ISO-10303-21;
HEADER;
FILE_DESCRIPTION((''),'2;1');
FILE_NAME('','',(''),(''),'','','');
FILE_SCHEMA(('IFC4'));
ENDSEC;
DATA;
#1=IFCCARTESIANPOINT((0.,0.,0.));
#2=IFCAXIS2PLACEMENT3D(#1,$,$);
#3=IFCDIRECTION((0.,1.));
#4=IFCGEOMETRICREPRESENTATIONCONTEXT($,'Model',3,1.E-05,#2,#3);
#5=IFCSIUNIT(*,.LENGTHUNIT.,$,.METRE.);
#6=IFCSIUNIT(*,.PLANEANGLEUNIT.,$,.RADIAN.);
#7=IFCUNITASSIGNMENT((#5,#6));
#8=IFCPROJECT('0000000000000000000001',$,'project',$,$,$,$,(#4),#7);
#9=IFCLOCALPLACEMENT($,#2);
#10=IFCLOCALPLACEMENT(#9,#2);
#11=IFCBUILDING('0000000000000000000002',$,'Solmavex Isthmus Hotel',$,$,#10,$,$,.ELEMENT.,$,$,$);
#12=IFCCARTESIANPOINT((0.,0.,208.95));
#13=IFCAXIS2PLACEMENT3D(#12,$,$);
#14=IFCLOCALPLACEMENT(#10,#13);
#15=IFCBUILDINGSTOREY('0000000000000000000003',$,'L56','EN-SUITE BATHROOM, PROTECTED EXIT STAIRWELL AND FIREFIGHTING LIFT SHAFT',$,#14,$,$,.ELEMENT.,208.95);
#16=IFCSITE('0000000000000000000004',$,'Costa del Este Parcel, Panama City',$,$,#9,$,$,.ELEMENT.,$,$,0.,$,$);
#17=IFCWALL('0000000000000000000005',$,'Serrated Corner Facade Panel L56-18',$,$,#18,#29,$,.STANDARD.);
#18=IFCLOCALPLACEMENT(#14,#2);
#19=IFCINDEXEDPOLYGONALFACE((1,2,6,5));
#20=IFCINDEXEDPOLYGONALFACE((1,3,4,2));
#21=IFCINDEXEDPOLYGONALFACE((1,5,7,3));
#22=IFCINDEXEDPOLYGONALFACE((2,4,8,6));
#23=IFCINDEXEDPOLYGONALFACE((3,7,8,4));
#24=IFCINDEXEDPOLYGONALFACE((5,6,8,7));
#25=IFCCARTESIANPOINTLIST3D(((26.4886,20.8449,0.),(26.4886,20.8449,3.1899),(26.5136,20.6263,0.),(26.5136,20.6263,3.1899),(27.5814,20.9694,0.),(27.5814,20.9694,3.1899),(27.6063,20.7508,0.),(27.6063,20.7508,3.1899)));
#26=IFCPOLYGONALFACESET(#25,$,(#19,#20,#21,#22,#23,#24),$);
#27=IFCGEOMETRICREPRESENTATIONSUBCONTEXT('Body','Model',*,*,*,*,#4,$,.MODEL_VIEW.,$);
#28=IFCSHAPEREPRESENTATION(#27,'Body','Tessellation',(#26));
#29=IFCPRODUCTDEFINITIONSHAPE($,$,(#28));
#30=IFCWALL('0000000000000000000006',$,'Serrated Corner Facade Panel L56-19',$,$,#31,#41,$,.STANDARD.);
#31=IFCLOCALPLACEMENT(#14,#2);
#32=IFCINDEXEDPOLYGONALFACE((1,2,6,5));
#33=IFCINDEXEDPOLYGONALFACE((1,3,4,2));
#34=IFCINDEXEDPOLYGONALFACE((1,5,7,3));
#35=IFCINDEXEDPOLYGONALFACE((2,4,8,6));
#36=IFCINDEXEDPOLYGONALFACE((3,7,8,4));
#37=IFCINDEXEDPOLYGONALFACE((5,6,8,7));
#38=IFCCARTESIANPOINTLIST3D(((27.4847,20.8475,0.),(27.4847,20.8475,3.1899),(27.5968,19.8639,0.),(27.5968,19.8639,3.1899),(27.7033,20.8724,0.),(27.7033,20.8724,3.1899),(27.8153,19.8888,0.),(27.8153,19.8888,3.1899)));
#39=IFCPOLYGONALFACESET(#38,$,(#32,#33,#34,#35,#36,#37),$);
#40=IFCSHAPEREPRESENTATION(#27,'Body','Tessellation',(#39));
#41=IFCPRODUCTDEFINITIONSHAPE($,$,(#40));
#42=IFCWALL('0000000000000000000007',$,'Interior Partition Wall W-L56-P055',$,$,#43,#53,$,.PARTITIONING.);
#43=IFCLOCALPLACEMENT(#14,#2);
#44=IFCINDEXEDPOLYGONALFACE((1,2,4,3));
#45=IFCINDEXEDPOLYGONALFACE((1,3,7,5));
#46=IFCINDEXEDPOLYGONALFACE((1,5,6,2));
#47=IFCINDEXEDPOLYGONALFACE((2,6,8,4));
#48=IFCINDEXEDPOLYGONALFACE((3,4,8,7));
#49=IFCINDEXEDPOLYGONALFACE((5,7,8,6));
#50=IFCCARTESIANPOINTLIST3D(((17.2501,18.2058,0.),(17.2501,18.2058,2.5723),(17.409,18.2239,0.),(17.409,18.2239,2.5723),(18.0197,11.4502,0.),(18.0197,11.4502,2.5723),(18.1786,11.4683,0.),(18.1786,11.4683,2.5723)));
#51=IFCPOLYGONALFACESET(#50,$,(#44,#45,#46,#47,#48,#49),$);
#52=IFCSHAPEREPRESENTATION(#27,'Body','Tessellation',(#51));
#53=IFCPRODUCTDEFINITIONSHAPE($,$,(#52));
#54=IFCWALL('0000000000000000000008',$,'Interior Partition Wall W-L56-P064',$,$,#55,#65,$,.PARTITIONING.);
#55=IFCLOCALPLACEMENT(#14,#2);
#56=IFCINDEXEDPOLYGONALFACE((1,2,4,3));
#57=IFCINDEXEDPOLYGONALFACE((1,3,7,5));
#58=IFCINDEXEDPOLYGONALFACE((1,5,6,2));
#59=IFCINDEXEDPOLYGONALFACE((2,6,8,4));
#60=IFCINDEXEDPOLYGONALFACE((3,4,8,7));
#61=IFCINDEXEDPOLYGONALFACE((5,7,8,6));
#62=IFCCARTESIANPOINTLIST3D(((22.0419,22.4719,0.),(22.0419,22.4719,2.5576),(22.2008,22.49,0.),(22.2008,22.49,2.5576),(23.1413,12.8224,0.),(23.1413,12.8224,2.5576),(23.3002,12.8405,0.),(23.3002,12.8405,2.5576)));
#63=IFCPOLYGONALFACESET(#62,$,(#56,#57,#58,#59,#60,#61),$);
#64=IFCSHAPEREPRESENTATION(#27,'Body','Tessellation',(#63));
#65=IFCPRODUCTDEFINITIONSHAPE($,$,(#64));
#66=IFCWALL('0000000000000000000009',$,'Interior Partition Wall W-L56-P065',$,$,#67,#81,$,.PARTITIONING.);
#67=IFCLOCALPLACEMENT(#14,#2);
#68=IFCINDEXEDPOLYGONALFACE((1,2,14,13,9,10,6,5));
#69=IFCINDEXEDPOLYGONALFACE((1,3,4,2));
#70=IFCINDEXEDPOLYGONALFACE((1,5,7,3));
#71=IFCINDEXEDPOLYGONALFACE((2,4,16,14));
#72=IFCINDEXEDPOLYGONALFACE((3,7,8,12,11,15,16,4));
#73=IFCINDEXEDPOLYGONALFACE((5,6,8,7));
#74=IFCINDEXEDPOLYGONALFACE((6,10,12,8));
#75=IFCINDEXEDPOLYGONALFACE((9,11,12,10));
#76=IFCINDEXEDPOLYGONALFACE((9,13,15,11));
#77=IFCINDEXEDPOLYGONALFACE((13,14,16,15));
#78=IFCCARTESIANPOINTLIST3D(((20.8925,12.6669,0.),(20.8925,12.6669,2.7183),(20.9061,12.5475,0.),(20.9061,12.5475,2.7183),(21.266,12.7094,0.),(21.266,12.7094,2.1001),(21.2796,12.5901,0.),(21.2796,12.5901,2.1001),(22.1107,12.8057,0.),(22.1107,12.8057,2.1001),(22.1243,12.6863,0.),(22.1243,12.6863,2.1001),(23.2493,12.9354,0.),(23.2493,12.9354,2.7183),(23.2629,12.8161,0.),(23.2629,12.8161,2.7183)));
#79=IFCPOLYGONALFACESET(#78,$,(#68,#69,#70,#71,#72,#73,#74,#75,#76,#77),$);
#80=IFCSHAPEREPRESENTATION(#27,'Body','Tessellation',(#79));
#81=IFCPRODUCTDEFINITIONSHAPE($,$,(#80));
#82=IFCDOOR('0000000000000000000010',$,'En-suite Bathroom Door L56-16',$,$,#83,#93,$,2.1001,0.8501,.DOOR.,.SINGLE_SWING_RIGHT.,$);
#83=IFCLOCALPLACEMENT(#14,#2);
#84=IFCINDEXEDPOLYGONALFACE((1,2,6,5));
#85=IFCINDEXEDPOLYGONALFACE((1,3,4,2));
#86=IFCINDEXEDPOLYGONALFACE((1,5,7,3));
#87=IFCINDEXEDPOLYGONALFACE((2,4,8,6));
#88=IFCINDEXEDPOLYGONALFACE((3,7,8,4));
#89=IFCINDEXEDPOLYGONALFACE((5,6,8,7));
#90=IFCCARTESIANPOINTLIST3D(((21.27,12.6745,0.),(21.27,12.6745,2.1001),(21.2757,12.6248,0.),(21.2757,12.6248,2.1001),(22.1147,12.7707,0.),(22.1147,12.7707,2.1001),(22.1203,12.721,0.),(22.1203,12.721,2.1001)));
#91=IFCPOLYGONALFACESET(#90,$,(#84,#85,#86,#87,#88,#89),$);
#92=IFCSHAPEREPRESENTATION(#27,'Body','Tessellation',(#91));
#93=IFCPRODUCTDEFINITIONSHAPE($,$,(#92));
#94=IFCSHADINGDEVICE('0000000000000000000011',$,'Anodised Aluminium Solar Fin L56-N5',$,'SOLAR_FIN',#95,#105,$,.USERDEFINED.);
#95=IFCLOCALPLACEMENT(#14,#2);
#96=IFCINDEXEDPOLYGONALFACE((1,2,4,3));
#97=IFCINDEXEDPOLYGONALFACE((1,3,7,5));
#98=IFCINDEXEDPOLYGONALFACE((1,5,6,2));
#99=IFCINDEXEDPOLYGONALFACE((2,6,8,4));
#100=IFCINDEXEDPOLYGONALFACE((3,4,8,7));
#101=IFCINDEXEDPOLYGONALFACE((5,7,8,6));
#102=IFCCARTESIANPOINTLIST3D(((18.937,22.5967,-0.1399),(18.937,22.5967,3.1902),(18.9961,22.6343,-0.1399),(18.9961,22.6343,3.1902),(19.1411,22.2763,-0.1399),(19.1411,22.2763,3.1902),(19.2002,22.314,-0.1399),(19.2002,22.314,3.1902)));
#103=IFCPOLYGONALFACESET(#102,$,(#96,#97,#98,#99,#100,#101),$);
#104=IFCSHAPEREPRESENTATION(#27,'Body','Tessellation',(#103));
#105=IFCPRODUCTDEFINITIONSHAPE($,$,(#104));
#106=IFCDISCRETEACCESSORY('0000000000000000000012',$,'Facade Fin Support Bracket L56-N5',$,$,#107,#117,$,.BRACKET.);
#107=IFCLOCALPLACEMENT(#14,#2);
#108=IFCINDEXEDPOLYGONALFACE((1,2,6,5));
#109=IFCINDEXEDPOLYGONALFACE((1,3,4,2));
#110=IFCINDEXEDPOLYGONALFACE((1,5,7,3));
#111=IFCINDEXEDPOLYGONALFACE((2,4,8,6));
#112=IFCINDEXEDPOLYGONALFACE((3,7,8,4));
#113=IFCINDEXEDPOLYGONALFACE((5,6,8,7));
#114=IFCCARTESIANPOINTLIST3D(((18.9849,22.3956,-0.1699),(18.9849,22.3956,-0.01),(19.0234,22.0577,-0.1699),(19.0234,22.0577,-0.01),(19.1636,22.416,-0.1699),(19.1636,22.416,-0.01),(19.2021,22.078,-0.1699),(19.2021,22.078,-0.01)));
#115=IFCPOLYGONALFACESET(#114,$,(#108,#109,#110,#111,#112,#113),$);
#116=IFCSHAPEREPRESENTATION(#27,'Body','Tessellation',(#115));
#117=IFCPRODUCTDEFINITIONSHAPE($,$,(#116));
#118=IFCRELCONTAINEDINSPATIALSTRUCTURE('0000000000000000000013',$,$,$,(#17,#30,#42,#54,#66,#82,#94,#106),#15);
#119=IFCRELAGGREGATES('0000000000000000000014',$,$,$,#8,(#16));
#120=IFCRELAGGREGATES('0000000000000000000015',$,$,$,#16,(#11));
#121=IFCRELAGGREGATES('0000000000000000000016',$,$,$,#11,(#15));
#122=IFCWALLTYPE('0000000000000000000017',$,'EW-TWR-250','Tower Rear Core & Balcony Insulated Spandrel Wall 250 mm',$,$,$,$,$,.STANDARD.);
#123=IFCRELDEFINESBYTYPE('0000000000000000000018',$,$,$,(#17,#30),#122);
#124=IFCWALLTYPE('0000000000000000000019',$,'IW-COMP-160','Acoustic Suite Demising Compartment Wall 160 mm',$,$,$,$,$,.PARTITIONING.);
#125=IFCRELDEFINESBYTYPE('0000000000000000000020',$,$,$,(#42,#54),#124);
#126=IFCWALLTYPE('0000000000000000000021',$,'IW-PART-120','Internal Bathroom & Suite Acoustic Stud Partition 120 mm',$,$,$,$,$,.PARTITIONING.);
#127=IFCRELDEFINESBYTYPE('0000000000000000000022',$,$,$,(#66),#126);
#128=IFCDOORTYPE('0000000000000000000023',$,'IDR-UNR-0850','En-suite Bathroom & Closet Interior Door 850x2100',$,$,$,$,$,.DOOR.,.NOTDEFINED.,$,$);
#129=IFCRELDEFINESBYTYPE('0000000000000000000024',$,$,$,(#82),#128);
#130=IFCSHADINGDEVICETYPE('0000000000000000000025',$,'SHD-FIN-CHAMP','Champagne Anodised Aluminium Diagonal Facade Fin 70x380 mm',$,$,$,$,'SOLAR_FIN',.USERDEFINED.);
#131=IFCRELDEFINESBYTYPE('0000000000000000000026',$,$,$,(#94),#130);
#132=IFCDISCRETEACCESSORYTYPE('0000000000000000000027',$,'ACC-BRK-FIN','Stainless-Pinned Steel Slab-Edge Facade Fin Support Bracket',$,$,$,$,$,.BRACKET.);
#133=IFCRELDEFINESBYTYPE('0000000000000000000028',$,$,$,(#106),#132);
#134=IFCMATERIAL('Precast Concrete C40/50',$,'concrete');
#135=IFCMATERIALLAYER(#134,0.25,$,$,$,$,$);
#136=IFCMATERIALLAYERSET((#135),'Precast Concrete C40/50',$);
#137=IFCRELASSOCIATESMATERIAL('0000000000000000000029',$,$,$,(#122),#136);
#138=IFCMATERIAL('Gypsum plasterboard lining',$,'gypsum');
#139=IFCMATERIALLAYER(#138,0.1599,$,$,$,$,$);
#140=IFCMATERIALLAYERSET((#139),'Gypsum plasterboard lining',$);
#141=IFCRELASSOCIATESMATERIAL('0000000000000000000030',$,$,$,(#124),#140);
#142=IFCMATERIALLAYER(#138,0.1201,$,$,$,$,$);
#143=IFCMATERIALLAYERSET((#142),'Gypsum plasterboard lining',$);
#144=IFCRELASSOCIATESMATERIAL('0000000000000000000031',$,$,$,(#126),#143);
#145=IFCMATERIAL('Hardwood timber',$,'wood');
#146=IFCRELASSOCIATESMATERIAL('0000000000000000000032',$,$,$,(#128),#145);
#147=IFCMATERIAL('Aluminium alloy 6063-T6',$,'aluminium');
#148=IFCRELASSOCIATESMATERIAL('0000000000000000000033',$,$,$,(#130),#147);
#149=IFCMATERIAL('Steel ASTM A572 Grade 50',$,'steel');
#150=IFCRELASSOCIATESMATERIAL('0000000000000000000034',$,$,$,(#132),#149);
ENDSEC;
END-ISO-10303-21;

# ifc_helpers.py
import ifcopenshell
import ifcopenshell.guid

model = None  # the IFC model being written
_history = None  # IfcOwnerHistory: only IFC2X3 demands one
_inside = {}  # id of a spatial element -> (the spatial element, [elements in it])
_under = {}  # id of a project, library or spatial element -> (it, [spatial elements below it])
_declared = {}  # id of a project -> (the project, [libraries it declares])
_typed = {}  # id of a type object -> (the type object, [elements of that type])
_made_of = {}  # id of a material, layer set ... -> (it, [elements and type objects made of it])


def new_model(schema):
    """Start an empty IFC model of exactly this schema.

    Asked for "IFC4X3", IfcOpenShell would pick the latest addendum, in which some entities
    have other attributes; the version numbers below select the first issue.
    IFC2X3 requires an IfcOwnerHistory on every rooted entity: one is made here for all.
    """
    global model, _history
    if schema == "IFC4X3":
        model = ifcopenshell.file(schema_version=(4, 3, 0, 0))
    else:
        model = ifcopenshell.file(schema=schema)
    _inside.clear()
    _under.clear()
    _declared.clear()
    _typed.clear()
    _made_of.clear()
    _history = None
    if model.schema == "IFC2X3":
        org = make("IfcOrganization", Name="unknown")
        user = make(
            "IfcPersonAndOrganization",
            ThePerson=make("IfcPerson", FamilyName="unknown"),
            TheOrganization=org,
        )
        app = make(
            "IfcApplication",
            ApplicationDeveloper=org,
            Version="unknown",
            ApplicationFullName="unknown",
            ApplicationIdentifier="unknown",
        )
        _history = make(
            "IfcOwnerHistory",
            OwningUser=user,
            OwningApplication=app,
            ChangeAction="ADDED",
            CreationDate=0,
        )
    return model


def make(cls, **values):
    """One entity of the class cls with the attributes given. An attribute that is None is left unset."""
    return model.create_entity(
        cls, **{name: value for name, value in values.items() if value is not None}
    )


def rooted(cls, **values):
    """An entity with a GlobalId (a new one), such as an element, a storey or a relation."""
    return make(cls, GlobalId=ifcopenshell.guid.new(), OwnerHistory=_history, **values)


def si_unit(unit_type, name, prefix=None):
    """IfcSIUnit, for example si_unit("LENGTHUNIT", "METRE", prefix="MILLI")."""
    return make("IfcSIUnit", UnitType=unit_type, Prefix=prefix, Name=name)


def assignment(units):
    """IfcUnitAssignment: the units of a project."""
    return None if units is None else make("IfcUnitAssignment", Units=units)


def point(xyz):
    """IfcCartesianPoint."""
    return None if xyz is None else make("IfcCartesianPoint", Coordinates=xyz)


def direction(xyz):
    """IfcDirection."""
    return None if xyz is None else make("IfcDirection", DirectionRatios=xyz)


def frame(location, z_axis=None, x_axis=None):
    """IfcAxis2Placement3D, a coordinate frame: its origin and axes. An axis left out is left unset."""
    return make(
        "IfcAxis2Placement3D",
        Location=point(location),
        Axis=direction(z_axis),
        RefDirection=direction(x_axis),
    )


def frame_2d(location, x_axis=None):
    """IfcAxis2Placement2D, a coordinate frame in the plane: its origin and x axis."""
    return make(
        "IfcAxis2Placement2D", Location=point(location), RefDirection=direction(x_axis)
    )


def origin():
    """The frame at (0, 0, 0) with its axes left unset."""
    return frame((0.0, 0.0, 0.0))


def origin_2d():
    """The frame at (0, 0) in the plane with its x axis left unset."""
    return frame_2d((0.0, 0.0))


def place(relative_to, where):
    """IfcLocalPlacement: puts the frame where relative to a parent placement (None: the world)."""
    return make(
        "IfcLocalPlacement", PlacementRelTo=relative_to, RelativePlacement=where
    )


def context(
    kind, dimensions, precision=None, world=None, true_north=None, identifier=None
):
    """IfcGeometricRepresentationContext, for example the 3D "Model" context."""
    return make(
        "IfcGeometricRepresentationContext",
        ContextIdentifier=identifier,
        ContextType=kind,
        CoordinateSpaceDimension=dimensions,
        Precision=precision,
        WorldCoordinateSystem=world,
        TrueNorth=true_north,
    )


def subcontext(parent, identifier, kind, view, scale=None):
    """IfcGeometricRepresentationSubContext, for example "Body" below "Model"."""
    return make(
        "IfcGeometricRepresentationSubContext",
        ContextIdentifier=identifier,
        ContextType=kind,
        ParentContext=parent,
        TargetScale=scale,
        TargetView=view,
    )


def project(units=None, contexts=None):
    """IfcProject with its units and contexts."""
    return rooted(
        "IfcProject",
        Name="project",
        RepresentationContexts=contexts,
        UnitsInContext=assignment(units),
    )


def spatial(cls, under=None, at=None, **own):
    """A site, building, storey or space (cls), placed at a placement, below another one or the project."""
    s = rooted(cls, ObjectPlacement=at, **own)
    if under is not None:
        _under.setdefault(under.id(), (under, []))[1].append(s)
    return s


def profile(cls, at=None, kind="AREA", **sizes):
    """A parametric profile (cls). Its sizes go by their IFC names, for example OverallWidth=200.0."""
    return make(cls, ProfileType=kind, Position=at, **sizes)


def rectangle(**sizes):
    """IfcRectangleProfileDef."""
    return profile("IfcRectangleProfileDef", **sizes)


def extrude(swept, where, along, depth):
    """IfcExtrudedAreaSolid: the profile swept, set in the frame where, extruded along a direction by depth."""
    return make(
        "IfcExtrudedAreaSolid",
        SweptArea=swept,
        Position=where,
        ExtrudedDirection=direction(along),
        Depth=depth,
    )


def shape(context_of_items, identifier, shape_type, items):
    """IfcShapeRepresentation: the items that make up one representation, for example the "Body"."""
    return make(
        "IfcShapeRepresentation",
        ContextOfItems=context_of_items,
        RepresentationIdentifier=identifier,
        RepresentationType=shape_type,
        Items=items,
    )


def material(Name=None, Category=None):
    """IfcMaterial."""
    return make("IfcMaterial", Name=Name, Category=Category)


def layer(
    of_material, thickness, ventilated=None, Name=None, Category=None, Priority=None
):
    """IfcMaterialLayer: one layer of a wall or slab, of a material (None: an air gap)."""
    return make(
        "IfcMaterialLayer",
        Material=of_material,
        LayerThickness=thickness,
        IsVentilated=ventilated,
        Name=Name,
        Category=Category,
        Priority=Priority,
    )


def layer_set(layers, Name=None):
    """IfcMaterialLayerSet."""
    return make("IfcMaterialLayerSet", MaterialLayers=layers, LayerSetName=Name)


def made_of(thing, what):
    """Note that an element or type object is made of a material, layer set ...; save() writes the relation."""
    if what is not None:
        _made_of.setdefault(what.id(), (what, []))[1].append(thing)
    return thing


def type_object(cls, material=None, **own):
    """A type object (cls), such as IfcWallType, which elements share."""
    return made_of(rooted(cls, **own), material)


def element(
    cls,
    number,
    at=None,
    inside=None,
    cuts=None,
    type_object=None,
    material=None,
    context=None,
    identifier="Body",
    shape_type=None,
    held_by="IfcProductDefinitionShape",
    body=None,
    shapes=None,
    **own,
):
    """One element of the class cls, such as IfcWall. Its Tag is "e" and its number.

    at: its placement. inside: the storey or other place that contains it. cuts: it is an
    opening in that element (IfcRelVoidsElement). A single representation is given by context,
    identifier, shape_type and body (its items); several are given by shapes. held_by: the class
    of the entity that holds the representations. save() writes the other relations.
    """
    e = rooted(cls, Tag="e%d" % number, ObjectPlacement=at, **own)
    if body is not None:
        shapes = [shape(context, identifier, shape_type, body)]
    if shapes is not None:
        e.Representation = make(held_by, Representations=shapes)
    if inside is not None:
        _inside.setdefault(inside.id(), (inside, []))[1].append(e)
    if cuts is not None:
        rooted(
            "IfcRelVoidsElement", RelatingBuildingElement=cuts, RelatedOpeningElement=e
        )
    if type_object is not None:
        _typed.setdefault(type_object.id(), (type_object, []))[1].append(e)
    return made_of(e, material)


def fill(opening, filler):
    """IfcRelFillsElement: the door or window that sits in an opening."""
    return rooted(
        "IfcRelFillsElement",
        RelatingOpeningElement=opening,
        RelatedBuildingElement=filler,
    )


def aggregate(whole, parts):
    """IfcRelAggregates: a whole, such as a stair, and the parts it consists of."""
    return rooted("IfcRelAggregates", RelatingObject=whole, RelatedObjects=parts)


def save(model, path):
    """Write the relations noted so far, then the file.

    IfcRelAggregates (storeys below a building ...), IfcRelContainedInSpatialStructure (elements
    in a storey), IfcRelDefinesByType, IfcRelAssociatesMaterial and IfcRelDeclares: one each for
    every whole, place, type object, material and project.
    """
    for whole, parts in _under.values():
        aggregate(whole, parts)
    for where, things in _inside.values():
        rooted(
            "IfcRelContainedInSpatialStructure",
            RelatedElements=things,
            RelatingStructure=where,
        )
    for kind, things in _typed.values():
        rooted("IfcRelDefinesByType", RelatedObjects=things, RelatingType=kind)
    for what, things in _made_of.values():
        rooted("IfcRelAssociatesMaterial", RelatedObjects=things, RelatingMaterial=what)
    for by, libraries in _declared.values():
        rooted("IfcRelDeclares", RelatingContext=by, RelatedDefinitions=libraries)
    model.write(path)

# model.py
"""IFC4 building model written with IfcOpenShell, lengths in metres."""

from ifc_helpers import new_model, si_unit, direction, frame, frame_2d, origin, origin_2d, place, context, subcontext, project, spatial, rectangle, extrude, material, layer, layer_set, type_object, element, fill, save


model = new_model("IFC4")

# Units and contexts
model_context = context("Model", 3, precision=1e-05, world=origin(), true_north=direction((0.0, 1.0)))
body_context = subcontext(model_context, "Body", "Model", "MODEL_VIEW")
ifc_project = project(units=[si_unit("LENGTHUNIT", "METRE"), si_unit("PLANEANGLEUNIT", "RADIAN")], contexts=[model_context])

# Site, building, storey
site_placement = place(None, origin())
site = spatial("IfcSite", under=ifc_project, at=site_placement, Name="Costa del Este Parcel, Panama City", CompositionType="ELEMENT", RefElevation=0.0)
building_placement = place(site_placement, origin())
building = spatial("IfcBuilding", under=site, at=building_placement, Name="Solmavex Isthmus Hotel", CompositionType="ELEMENT")
storey_placement = place(building_placement, frame((0.0, 0.0, 208.95)))
storey = spatial("IfcBuildingStorey", under=building, at=storey_placement, Name="L56", Description="EN-SUITE BATHROOM, PROTECTED EXIT STAIRWELL AND FIREFIGHTING LIFT SHAFT", CompositionType="ELEMENT", Elevation=208.95)

# Shared definitions
ifc_material_1 = material(Name="Aluminium alloy 6063-T6", Category="aluminium")

# Walls
ifc_material_2 = material(Name="Precast Concrete C40/50", Category="concrete")
ifc_layer_1 = layer(ifc_material_2, 0.25)
ifc_layer_set_1 = layer_set([ifc_layer_1], Name="Precast Concrete C40/50")
wall_type_1 = type_object("IfcWallType", Name="EW-TWR-250", Description="Tower Rear Core & Balcony Insulated Spandrel Wall 250 mm", PredefinedType="STANDARD", material=ifc_layer_set_1)
wall_1_placement = place(storey_placement, frame((26.5012, 20.7356, 0.0), z_axis=(0.0, 0.0, 1.0), x_axis=(0.993571, 0.113209, 0.0)))
element("IfcWall", 1, at=wall_1_placement, inside=storey, type_object=wall_type_1, Name="Serrated Corner Facade Panel L56-18", PredefinedType="STANDARD", context=body_context, shape_type="SweptSolid", body=[
    extrude(rectangle(XDim=1.0999, YDim=0.22, at=frame_2d((0.5498, 0.0))), origin(), (0.0, 0.0, 1.0), 3.1899),
])
wall_2_placement = place(storey_placement, frame((27.594, 20.8601, 0.0), z_axis=(0.0, 0.0, 1.0), x_axis=(0.113192, -0.993573, 0.0)))
element("IfcWall", 2, at=wall_2_placement, inside=storey, type_object=wall_type_1, Name="Serrated Corner Facade Panel L56-19", PredefinedType="STANDARD", context=body_context, shape_type="SweptSolid", body=[
    extrude(rectangle(XDim=0.99, YDim=0.22, at=frame_2d((0.4951, 0.0))), origin(), (0.0, 0.0, 1.0), 3.1899),
])
ifc_material_3 = material(Name="Gypsum plasterboard lining", Category="gypsum")
ifc_layer_2 = layer(ifc_material_3, 0.1599)
ifc_layer_set_2 = layer_set([ifc_layer_2], Name="Gypsum plasterboard lining")
wall_type_2 = type_object("IfcWallType", Name="IW-COMP-160", Description="Acoustic Suite Demising Compartment Wall 160 mm", PredefinedType="PARTITIONING", material=ifc_layer_set_2)
wall_3_placement = place(storey_placement, frame((17.3296, 18.2148, 0.0), z_axis=(0.0, 0.0, 1.0), x_axis=(0.113178, -0.993575, 0.0)))
element("IfcWall", 3, at=wall_3_placement, inside=storey, type_object=wall_type_2, Name="Interior Partition Wall W-L56-P055", PredefinedType="PARTITIONING", context=body_context, shape_type="SweptSolid", body=[
    extrude(rectangle(XDim=6.7993, YDim=0.1599, at=frame_2d((3.3997, 0.0))), origin(), (0.0, 0.0, 1.0), 2.5723),
])
wall_4_placement = place(storey_placement, frame((22.1213, 22.481, 0.0), z_axis=(0.0, 0.0, 1.0), x_axis=(0.113198, -0.993572, 0.0)))
element("IfcWall", 4, at=wall_4_placement, inside=storey, type_object=wall_type_2, Name="Interior Partition Wall W-L56-P064", PredefinedType="PARTITIONING", context=body_context, shape_type="SweptSolid", body=[
    extrude(rectangle(XDim=9.7119, YDim=0.1599, at=frame_2d((4.856, 0.0))), origin(), (0.0, 0.0, 1.0), 2.5576),
])

# Wall, opening, door
ifc_layer_3 = layer(ifc_material_3, 0.1201)
ifc_layer_set_3 = layer_set([ifc_layer_3], Name="Gypsum plasterboard lining")
wall_type_3 = type_object("IfcWallType", Name="IW-PART-120", Description="Internal Bathroom & Suite Acoustic Stud Partition 120 mm", PredefinedType="PARTITIONING", material=ifc_layer_set_3)
wall_5_placement = place(storey_placement, frame((23.2561, 12.8757, 0.0), z_axis=(0.0, 0.0, 1.0), x_axis=(-0.993571, -0.11321, 0.0)))
wall_5 = element("IfcWall", 5, at=wall_5_placement, inside=storey, type_object=wall_type_3, Name="Interior Partition Wall W-L56-P065", PredefinedType="PARTITIONING", context=body_context, shape_type="SweptSolid", body=[
    extrude(rectangle(XDim=2.3721, YDim=0.1201, at=frame_2d((1.186, 0.0))), origin(), (0.0, 0.0, 1.0), 2.7183),
])
opening_placement = place(wall_5_placement, frame((1.146, 0.0, 0.0)))
opening = element("IfcOpeningElement", 6, at=opening_placement, cuts=wall_5, PredefinedType="OPENING", context=body_context, shape_type="SweptSolid", body=[
    extrude(rectangle(XDim=0.8501, YDim=2.1001, at=frame_2d((0.425, 1.05))), frame((0.0, 0.0701, 0.0), z_axis=(0.0, -1.0, 0.0), x_axis=(1.0, 0.0, 0.0)), (0.0, 0.0, 1.0), 0.1401),
])
ifc_material_4 = material(Name="Hardwood timber", Category="wood")
door_type = type_object("IfcDoorType", Name="IDR-UNR-0850", Description="En-suite Bathroom & Closet Interior Door 850x2100", OperationType="NOTDEFINED", PredefinedType="DOOR", material=ifc_material_4)
door_placement = place(opening_placement, frame((0.8501, 0.0, 0.0), z_axis=(0.0, 0.0, 1.0), x_axis=(-1.0, 0.0, 0.0)))
door = element("IfcDoor", 7, at=door_placement, inside=storey, type_object=door_type, Name="En-suite Bathroom Door L56-16", OperationType="SINGLE_SWING_RIGHT", OverallHeight=2.1001, OverallWidth=0.8501, PredefinedType="DOOR", context=body_context, shape_type="SweptSolid", body=[
    extrude(rectangle(XDim=0.8501, YDim=2.1001, at=frame_2d((0.425, 1.05))), frame((0.0, 0.0249, 0.0), z_axis=(0.0, -1.0, 0.0), x_axis=(1.0, 0.0, 0.0)), (0.0, 0.0, 1.0), 0.05),
])
fill(opening, door)

# Shading device
shading_device_type = type_object("IfcShadingDeviceType", Name="SHD-FIN-CHAMP", Description="Champagne Anodised Aluminium Diagonal Facade Fin 70x380 mm", ElementType="SOLAR_FIN", PredefinedType="USERDEFINED", material=ifc_material_1)
shading_device_placement = place(storey_placement, frame((19.0686, 22.4553, -0.1399), z_axis=(0.0, 0.0, 1.0), x_axis=(-0.5373, 0.843391, 0.0)))
element("IfcShadingDevice", 8, at=shading_device_placement, inside=storey, type_object=shading_device_type, Name="Anodised Aluminium Solar Fin L56-N5", ObjectType="SOLAR_FIN", PredefinedType="USERDEFINED", context=body_context, shape_type="SweptSolid", body=[
    extrude(rectangle(XDim=0.3799, YDim=0.0701, at=origin_2d()), origin(), (0.0, 0.0, 1.0), 3.3301),
])

# Discrete accessory
ifc_material_5 = material(Name="Steel ASTM A572 Grade 50", Category="steel")
discrete_accessory_type = type_object("IfcDiscreteAccessoryType", Name="ACC-BRK-FIN", Description="Stainless-Pinned Steel Slab-Edge Facade Fin Support Bracket", PredefinedType="BRACKET", material=ifc_material_5)
discrete_accessory_placement = place(storey_placement, frame((19.0935, 22.2368, -0.1699), z_axis=(0.0, 0.0, 1.0), x_axis=(-0.113203, 0.993572, 0.0)))
element("IfcDiscreteAccessory", 9, at=discrete_accessory_placement, inside=storey, type_object=discrete_accessory_type, Name="Facade Fin Support Bracket L56-N5", PredefinedType="BRACKET", context=body_context, shape_type="SweptSolid", body=[
    extrude(rectangle(XDim=0.3401, YDim=0.1799, at=origin_2d()), origin(), (0.0, 0.0, 1.0), 0.1599),
])

save(model, "model.ifc")
